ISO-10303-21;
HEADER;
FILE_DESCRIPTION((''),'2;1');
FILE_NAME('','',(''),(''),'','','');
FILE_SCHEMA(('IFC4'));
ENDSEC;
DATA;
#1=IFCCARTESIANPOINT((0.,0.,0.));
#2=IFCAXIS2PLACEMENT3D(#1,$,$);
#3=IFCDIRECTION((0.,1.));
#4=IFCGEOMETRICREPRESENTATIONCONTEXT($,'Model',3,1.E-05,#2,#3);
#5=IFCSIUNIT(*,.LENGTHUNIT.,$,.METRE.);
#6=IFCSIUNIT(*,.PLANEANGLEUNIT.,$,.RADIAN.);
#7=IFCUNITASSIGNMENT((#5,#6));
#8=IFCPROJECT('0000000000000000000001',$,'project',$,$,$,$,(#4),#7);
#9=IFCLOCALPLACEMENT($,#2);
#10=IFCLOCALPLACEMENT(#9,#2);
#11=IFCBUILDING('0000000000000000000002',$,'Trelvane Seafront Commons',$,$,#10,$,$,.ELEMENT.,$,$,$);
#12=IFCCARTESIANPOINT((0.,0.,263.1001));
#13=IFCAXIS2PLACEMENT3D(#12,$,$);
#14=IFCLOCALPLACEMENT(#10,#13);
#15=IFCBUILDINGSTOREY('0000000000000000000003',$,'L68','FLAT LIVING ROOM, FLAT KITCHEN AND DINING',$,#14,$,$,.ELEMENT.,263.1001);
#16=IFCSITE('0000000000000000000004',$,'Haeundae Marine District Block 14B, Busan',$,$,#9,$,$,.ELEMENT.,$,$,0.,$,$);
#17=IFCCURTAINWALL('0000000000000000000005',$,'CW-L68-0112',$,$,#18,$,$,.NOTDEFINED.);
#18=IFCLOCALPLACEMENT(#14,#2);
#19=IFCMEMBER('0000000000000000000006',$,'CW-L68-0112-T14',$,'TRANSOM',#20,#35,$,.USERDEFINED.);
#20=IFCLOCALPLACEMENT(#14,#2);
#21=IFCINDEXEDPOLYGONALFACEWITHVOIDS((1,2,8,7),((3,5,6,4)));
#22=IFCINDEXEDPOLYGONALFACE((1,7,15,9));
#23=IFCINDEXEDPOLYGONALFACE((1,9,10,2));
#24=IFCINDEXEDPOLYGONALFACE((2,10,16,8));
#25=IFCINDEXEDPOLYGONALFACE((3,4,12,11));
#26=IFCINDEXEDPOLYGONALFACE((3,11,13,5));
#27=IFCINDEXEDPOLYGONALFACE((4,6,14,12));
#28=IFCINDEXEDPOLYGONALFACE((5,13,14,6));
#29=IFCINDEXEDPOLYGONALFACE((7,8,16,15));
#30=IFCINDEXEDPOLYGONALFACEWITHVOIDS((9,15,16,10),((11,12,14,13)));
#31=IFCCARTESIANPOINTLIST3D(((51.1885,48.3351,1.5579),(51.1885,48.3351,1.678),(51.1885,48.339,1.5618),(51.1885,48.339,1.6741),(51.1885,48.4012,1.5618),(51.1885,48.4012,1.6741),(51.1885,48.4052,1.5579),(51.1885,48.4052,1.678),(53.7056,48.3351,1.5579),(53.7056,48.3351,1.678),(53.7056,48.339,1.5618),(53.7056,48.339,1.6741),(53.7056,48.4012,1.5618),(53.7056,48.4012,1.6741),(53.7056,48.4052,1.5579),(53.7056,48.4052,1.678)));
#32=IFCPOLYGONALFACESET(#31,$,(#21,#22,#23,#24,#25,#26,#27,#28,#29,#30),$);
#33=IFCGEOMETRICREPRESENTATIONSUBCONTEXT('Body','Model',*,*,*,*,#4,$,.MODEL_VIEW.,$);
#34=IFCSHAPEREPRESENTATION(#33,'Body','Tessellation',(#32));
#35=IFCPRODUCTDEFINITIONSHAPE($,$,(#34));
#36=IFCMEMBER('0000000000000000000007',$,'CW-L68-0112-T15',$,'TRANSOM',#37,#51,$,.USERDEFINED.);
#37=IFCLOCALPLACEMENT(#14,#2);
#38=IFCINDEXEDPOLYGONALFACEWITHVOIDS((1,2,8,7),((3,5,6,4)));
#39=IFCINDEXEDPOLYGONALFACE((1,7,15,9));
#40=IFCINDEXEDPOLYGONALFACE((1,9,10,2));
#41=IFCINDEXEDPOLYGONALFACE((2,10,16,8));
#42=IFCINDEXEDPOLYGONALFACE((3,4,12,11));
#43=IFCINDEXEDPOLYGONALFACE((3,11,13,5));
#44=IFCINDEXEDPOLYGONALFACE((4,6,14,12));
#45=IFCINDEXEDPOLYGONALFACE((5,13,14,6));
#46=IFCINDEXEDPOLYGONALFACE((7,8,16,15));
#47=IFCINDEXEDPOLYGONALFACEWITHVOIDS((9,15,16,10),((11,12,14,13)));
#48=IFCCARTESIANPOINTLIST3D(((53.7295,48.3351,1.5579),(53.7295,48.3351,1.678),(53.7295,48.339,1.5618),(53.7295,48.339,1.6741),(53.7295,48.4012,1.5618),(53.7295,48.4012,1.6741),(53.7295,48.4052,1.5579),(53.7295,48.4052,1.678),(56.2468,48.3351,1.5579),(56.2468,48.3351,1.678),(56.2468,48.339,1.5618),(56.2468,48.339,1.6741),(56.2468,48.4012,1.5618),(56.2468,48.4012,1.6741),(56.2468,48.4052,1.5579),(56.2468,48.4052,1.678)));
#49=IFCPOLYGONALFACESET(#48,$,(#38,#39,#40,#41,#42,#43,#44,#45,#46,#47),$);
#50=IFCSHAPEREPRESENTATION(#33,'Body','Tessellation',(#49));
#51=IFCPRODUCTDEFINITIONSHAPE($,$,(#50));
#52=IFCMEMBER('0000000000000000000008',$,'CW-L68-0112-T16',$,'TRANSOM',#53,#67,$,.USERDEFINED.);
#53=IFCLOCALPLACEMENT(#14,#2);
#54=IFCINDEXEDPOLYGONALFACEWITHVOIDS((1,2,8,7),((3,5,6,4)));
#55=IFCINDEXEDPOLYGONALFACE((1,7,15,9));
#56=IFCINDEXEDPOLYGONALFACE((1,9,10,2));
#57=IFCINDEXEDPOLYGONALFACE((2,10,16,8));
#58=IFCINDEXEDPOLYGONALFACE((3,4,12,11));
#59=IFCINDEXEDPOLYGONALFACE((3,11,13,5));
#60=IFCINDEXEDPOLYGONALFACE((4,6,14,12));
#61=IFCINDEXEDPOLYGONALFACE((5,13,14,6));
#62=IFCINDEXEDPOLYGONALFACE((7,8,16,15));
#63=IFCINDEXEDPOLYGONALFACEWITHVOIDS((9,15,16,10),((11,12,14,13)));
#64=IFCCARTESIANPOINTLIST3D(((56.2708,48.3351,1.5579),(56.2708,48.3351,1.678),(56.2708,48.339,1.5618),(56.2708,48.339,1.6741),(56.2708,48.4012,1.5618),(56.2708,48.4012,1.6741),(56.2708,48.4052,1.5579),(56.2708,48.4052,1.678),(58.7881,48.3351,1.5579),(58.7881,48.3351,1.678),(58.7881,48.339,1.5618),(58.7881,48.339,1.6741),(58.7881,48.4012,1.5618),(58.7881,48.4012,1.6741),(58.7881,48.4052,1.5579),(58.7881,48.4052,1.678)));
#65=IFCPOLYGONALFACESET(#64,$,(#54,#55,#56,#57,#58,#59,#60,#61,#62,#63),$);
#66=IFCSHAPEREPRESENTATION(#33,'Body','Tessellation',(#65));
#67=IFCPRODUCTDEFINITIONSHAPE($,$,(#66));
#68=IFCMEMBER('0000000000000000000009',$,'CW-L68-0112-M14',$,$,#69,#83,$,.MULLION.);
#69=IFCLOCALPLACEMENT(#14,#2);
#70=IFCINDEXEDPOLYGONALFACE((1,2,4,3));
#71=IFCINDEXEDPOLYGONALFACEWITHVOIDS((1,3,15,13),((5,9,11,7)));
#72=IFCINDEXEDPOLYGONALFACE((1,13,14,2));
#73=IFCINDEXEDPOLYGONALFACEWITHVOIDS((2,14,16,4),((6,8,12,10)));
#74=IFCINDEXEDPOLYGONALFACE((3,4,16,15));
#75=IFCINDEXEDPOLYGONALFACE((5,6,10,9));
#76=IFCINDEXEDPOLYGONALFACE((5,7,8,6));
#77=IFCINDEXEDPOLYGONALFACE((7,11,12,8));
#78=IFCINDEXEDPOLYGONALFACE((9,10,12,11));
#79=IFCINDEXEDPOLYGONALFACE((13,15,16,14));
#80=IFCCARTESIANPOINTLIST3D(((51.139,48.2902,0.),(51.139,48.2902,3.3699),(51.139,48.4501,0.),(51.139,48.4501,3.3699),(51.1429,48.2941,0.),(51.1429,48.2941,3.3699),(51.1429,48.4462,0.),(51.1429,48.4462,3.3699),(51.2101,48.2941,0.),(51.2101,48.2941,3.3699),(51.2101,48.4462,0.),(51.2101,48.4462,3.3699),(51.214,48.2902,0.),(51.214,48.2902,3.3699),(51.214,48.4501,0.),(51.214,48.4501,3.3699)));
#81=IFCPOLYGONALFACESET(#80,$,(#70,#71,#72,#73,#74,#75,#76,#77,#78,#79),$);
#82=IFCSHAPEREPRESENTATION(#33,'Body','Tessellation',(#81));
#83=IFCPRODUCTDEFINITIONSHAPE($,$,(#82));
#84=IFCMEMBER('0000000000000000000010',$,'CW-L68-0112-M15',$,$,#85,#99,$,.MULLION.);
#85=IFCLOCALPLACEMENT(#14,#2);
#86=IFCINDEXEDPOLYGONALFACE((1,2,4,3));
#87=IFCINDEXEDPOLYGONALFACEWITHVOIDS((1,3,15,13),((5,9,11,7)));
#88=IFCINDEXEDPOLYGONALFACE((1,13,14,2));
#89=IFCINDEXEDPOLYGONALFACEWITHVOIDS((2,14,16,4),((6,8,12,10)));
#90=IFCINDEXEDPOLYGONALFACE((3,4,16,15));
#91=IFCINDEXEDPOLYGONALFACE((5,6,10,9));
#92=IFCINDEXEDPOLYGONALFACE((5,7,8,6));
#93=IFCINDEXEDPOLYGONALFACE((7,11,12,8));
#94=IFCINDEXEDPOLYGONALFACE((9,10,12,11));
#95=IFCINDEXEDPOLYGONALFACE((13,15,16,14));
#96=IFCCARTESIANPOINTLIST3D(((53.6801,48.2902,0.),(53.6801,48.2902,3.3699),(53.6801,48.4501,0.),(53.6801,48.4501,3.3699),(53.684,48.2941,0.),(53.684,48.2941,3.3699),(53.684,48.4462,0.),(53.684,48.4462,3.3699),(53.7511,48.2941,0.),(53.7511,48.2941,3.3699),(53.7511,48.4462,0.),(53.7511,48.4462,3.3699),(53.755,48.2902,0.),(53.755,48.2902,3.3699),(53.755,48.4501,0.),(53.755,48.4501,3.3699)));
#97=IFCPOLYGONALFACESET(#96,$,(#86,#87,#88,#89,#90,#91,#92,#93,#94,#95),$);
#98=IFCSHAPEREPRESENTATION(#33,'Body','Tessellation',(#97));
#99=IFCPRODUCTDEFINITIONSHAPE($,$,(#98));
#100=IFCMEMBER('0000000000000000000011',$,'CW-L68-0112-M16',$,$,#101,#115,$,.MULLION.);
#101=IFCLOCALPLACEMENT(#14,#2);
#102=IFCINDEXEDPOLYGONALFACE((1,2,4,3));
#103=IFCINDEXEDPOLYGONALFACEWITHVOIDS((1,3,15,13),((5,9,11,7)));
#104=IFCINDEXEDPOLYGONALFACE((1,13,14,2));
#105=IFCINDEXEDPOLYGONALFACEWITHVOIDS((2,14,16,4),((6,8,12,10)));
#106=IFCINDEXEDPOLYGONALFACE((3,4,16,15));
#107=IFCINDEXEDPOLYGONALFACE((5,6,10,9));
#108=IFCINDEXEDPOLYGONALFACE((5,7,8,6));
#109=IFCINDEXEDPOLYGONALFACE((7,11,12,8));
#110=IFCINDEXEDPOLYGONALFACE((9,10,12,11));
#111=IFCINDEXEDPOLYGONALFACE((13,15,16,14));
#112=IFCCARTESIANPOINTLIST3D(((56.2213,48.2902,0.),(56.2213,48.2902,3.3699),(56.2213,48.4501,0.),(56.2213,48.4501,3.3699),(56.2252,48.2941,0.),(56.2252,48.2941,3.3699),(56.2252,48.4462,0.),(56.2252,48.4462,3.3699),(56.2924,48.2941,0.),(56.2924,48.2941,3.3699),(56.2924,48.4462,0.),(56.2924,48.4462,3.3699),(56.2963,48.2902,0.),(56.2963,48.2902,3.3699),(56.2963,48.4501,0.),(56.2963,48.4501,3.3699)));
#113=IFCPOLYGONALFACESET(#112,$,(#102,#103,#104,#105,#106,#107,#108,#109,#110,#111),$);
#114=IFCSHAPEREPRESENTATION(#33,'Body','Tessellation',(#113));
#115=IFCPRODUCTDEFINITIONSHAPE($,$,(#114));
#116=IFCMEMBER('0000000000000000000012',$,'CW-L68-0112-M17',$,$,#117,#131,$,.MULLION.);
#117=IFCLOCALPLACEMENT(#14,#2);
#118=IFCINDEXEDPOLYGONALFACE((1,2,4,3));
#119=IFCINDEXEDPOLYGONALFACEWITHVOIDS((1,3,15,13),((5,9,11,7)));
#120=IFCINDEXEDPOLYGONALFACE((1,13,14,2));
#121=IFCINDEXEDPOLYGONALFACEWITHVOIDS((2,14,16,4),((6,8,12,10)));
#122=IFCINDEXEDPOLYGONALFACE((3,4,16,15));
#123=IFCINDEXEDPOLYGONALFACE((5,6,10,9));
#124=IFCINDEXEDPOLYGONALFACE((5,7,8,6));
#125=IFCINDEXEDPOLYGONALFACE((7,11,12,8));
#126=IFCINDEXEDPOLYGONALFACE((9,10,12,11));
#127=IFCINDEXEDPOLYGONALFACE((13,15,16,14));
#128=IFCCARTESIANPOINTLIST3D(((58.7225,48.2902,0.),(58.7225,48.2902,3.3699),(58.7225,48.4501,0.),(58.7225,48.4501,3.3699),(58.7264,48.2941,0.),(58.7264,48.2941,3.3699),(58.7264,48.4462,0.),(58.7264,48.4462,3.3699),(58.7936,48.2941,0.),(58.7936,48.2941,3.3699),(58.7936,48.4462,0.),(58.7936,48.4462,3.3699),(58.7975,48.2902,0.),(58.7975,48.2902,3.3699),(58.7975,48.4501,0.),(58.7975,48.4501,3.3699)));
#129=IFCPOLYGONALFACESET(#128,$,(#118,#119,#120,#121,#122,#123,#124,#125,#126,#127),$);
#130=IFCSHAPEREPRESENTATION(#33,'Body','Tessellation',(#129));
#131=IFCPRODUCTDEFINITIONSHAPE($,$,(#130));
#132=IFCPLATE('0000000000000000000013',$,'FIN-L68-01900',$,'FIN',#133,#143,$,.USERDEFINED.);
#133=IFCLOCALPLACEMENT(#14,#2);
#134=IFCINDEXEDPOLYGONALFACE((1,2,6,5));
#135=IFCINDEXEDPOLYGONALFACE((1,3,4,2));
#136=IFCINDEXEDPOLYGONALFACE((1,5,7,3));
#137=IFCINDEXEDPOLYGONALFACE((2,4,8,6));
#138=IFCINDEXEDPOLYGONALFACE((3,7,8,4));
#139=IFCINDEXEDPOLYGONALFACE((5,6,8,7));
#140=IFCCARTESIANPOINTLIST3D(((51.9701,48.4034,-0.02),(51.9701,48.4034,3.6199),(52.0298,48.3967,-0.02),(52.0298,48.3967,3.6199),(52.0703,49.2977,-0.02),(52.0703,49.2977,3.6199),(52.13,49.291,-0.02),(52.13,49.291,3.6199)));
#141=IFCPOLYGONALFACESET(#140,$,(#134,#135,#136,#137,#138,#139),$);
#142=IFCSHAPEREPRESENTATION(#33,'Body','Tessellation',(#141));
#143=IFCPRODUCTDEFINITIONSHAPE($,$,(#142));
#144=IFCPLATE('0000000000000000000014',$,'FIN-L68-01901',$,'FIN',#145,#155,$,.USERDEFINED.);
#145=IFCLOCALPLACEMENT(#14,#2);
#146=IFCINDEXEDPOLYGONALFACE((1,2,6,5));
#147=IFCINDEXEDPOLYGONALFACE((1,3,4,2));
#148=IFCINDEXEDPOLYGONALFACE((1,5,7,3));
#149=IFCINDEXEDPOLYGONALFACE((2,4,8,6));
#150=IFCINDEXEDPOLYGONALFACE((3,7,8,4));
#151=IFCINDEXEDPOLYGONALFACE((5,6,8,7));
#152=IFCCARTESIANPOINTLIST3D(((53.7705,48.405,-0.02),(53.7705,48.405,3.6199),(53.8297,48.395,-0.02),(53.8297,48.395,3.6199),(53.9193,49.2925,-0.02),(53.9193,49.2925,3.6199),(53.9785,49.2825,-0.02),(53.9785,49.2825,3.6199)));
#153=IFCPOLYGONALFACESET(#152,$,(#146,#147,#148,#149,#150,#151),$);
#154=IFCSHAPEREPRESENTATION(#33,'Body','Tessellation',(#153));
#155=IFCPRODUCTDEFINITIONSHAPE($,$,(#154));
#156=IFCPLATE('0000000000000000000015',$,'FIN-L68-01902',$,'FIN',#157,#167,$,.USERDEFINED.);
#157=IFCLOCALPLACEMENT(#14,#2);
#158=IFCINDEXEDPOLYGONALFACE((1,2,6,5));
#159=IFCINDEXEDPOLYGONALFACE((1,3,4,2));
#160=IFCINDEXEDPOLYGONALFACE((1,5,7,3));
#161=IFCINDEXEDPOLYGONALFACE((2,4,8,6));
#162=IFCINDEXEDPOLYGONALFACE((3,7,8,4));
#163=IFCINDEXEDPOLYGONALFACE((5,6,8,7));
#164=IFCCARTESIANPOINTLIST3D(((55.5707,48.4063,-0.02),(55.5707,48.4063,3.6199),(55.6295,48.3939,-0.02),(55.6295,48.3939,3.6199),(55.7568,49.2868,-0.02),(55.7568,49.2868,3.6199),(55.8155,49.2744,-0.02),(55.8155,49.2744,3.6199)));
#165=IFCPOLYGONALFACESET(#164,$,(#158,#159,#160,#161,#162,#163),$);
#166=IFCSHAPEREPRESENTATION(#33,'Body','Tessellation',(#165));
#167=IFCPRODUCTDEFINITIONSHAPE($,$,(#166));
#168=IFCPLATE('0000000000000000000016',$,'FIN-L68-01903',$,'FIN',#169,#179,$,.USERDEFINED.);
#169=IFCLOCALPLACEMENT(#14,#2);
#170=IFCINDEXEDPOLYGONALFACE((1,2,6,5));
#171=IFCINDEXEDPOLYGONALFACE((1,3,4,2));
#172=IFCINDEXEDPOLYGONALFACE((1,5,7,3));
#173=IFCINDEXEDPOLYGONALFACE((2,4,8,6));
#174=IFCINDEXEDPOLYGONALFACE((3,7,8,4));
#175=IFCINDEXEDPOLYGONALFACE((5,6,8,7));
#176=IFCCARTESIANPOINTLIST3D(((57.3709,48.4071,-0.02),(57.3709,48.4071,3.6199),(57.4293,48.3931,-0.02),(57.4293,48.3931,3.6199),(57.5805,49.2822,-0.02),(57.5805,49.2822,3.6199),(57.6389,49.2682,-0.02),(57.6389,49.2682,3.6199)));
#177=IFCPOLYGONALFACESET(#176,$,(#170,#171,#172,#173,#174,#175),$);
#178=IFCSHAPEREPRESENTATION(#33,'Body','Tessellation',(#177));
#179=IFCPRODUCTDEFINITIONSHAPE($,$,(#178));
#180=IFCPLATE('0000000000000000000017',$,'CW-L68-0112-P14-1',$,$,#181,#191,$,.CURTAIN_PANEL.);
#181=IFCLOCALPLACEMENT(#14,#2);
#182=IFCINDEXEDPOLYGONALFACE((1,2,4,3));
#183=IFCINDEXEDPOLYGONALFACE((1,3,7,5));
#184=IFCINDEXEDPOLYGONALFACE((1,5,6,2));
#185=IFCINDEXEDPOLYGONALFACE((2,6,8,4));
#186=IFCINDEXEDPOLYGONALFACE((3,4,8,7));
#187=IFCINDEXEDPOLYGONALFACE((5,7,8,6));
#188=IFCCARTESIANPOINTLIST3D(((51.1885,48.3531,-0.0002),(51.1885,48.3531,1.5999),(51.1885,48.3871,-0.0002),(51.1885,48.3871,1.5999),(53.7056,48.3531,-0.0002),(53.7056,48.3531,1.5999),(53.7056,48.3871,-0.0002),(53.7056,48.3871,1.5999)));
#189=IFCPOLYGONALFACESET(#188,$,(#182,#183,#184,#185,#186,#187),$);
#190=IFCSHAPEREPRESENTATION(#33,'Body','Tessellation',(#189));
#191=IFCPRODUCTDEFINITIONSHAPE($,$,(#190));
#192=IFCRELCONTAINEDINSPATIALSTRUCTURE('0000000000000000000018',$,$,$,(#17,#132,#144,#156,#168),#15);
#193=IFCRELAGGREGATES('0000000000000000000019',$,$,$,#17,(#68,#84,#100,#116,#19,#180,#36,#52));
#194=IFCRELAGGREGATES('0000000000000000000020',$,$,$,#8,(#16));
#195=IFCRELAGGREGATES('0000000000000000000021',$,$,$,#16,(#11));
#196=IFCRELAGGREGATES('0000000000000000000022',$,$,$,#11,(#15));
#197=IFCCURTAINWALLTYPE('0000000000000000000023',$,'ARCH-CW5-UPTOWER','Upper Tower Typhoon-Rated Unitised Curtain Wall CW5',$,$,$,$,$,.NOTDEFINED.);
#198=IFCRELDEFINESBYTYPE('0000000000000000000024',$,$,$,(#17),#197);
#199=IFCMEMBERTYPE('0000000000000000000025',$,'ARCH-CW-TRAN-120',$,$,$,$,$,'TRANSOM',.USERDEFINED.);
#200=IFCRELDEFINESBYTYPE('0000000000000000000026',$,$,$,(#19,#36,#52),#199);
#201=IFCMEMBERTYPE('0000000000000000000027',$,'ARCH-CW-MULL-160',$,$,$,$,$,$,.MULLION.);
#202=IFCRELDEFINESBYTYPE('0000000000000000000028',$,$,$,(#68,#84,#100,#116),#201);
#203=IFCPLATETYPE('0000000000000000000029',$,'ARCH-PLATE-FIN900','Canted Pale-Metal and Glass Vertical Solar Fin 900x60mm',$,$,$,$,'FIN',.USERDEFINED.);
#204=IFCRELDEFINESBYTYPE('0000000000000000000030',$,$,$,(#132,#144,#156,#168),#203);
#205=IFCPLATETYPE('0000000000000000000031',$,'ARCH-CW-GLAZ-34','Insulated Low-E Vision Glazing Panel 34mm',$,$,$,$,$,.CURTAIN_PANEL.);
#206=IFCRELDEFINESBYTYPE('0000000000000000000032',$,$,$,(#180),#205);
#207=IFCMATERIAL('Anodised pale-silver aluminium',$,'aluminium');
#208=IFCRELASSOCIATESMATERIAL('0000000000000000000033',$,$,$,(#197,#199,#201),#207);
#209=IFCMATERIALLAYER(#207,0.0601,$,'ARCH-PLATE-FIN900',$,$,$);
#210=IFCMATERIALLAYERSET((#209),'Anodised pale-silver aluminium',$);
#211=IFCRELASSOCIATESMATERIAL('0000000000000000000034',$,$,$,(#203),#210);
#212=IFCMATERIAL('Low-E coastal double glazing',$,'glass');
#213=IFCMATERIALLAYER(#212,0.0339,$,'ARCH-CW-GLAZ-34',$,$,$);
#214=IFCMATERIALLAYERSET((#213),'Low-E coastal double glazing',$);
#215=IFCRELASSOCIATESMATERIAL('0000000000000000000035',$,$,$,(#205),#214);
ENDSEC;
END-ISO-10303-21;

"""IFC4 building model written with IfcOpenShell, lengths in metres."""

from ifc_helpers import new_model, si_unit, direction, frame, origin, origin_2d, place, context, subcontext, project, spatial, rectangle, hollow_rectangle, extrude, source, transform, mapped, material, layer, layer_set, material_profile, profile_set, type_object, element, aggregate, save


model = new_model("IFC4")

# Units and contexts
model_context = context("Model", 3, precision=1e-05, world=origin(), true_north=direction((0.0, 1.0)))
body_context = subcontext(model_context, "Body", "Model", "MODEL_VIEW")
ifc_project = project(units=[si_unit("LENGTHUNIT", "METRE"), si_unit("PLANEANGLEUNIT", "RADIAN")], contexts=[model_context])

# Site, building, storey
site_placement = place(None, origin())
site = spatial("IfcSite", under=ifc_project, at=site_placement, Name="Haeundae Marine District Block 14B, Busan", CompositionType="ELEMENT", RefElevation=0.0)
building_placement = place(site_placement, origin())
building = spatial("IfcBuilding", under=site, at=building_placement, Name="Trelvane Seafront Commons", CompositionType="ELEMENT")
storey_placement = place(building_placement, frame((0.0, 0.0, 263.1001)))
storey = spatial("IfcBuildingStorey", under=building, at=storey_placement, Name="L68", Description="FLAT LIVING ROOM, FLAT KITCHEN AND DINING", CompositionType="ELEMENT", Elevation=263.1001)

# Curtain wall, members
ifc_material_1 = material(Name="Anodised pale-silver aluminium", Category="aluminium")
curtain_wall_type = type_object("IfcCurtainWallType", Name="ARCH-CW5-UPTOWER", Description="Upper Tower Typhoon-Rated Unitised Curtain Wall CW5", PredefinedType="NOTDEFINED", material=ifc_material_1)
curtain_wall_placement = place(storey_placement, origin())
curtain_wall = element("IfcCurtainWall", 1, at=curtain_wall_placement, inside=storey, type_object=curtain_wall_type, Name="CW-L68-0112", PredefinedType="NOTDEFINED")
ifc_material_profile_1 = material_profile(ifc_material_1, hollow_rectangle(XDim=0.0701, YDim=0.1201, WallThickness=0.0039, at=origin_2d()), Name="TRAN-70x120x4")
ifc_profile_set_1 = profile_set([ifc_material_profile_1], Name="Anodised pale-silver aluminium")
member_type_1 = type_object("IfcMemberType", Name="ARCH-CW-TRAN-120", ElementType="TRANSOM", PredefinedType="USERDEFINED", material=ifc_profile_set_1)
shared_shape_1 = source(origin(), body_context, "Body", "SweptSolid", [
    extrude(hollow_rectangle(XDim=0.0701, YDim=0.1201, WallThickness=0.0039, at=origin_2d()), origin(), (0.0, 0.0, 1.0), 2.5171),
])
member_1_placement = place(storey_placement, frame((51.1885, 48.3701, 1.6179), z_axis=(1.0, 0.0, 0.0), x_axis=(0.0, 1.0, 0.0)))
member_1 = element("IfcMember", 2, at=member_1_placement, type_object=member_type_1, Name="CW-L68-0112-T14", ObjectType="TRANSOM", PredefinedType="USERDEFINED", context=body_context, shape_type="MappedRepresentation", body=[
    mapped(shared_shape_1, transform((0.0, 0.0, 0.0), x_axis=(1.0, 0.0, 0.0), y_axis=(0.0, 1.0, 0.0), z_axis=(0.0, 0.0, 1.0), scale=1.0)),
])
shared_shape_2 = source(origin(), body_context, "Body", "SweptSolid", [
    extrude(hollow_rectangle(XDim=0.0701, YDim=0.1201, WallThickness=0.0039, at=origin_2d()), origin(), (0.0, 0.0, 1.0), 2.5173),
])
member_2_placement = place(storey_placement, frame((53.7295, 48.3701, 1.6179), z_axis=(1.0, 0.0, 0.0), x_axis=(0.0, 1.0, 0.0)))
member_2 = element("IfcMember", 3, at=member_2_placement, type_object=member_type_1, Name="CW-L68-0112-T15", ObjectType="TRANSOM", PredefinedType="USERDEFINED", context=body_context, shape_type="MappedRepresentation", body=[
    mapped(shared_shape_2, transform((0.0, 0.0, 0.0), x_axis=(1.0, 0.0, 0.0), y_axis=(0.0, 1.0, 0.0), z_axis=(0.0, 0.0, 1.0), scale=1.0)),
])
member_3_placement = place(storey_placement, frame((56.2708, 48.3701, 1.6179), z_axis=(1.0, 0.0, 0.0), x_axis=(0.0, 1.0, 0.0)))
member_3 = element("IfcMember", 4, at=member_3_placement, type_object=member_type_1, Name="CW-L68-0112-T16", ObjectType="TRANSOM", PredefinedType="USERDEFINED", context=body_context, shape_type="MappedRepresentation", body=[
    mapped(shared_shape_2, transform((0.0, 0.0, 0.0), x_axis=(1.0, 0.0, 0.0), y_axis=(0.0, 1.0, 0.0), z_axis=(0.0, 0.0, 1.0), scale=1.0)),
])
ifc_material_profile_2 = material_profile(ifc_material_1, hollow_rectangle(XDim=0.075, YDim=0.1599, WallThickness=0.0039, at=origin_2d()), Name="MULL-75x160x4")
ifc_profile_set_2 = profile_set([ifc_material_profile_2], Name="Anodised pale-silver aluminium")
member_type_2 = type_object("IfcMemberType", Name="ARCH-CW-MULL-160", PredefinedType="MULLION", material=ifc_profile_set_2)
shared_shape_3 = source(origin(), body_context, "Body", "SweptSolid", [
    extrude(hollow_rectangle(XDim=0.075, YDim=0.1599, WallThickness=0.0039, at=origin_2d()), origin(), (0.0, 0.0, 1.0), 3.3699),
])
member_4_placement = place(storey_placement, frame((51.1765, 48.3701, 0.0), z_axis=(0.0, 0.0, 1.0), x_axis=(1.0, 0.0, 0.0)))
member_4 = element("IfcMember", 5, at=member_4_placement, type_object=member_type_2, Name="CW-L68-0112-M14", PredefinedType="MULLION", context=body_context, shape_type="MappedRepresentation", body=[
    mapped(shared_shape_3, transform((0.0, 0.0, 0.0), x_axis=(1.0, 0.0, 0.0), y_axis=(0.0, 1.0, 0.0), z_axis=(0.0, 0.0, 1.0), scale=1.0)),
])
member_5_placement = place(storey_placement, frame((53.7175, 48.3701, 0.0), z_axis=(0.0, 0.0, 1.0), x_axis=(1.0, 0.0, 0.0)))
member_5 = element("IfcMember", 6, at=member_5_placement, type_object=member_type_2, Name="CW-L68-0112-M15", PredefinedType="MULLION", context=body_context, shape_type="MappedRepresentation", body=[
    mapped(shared_shape_3, transform((0.0, 0.0, 0.0), x_axis=(1.0, 0.0, 0.0), y_axis=(0.0, 1.0, 0.0), z_axis=(0.0, 0.0, 1.0), scale=1.0)),
])
member_6_placement = place(storey_placement, frame((56.2588, 48.3701, 0.0), z_axis=(0.0, 0.0, 1.0), x_axis=(1.0, 0.0, 0.0)))
member_6 = element("IfcMember", 7, at=member_6_placement, type_object=member_type_2, Name="CW-L68-0112-M16", PredefinedType="MULLION", context=body_context, shape_type="MappedRepresentation", body=[
    mapped(shared_shape_3, transform((0.0, 0.0, 0.0), x_axis=(1.0, 0.0, 0.0), y_axis=(0.0, 1.0, 0.0), z_axis=(0.0, 0.0, 1.0), scale=1.0)),
])
member_7_placement = place(storey_placement, frame((58.76, 48.3701, 0.0), z_axis=(0.0, 0.0, 1.0), x_axis=(1.0, 0.0, 0.0)))
member_7 = element("IfcMember", 8, at=member_7_placement, type_object=member_type_2, Name="CW-L68-0112-M17", PredefinedType="MULLION", context=body_context, shape_type="MappedRepresentation", body=[
    mapped(shared_shape_3, transform((0.0, 0.0, 0.0), x_axis=(1.0, 0.0, 0.0), y_axis=(0.0, 1.0, 0.0), z_axis=(0.0, 0.0, 1.0), scale=1.0)),
])

# Plates
ifc_layer_1 = layer(ifc_material_1, 0.0601, Name="ARCH-PLATE-FIN900")
ifc_layer_set_1 = layer_set([ifc_layer_1], Name="Anodised pale-silver aluminium")
plate_type_1 = type_object("IfcPlateType", Name="ARCH-PLATE-FIN900", Description="Canted Pale-Metal and Glass Vertical Solar Fin 900x60mm", ElementType="FIN", PredefinedType="USERDEFINED", material=ifc_layer_set_1)
shared_shape_4 = source(origin(), body_context, "Body", "SweptSolid", [
    extrude(rectangle(XDim=0.8999, YDim=0.0601, at=origin_2d()), origin(), (0.0, 0.0, 1.0), 3.6399),
])
for number, where, z_axis, x_axis, name in (
    (9, (52.05, 48.8472, -0.02), (0.0, 0.0, 1.0), (0.111334, 0.993783, 0.0), "FIN-L68-01900"),
    (10, (53.8745, 48.8438, -0.02), (0.0, 0.0, 1.0), (0.165335, 0.986237, 0.0), "FIN-L68-01901"),
    (11, (55.6931, 48.8403, -0.02), (0.0, 0.0, 1.0), (0.206766, 0.97839, 0.0), "FIN-L68-01902"),
    (12, (57.5049, 48.8376, -0.02), (0.0, 0.0, 1.0), (0.232877, 0.972506, 0.0), "FIN-L68-01903"),
):
    element("IfcPlate", number, at=place(storey_placement, frame(where, z_axis=z_axis, x_axis=x_axis)), inside=storey, type_object=plate_type_1, Name=name, ObjectType="FIN", PredefinedType="USERDEFINED", context=body_context, shape_type="MappedRepresentation", body=[
        mapped(shared_shape_4, transform((0.0, 0.0, 0.0), x_axis=(1.0, 0.0, 0.0), y_axis=(0.0, 1.0, 0.0), z_axis=(0.0, 0.0, 1.0), scale=1.0)),
    ])

# Plate
ifc_material_2 = material(Name="Low-E coastal double glazing", Category="glass")
ifc_layer_2 = layer(ifc_material_2, 0.0339, Name="ARCH-CW-GLAZ-34")
ifc_layer_set_2 = layer_set([ifc_layer_2], Name="Low-E coastal double glazing")
plate_type_2 = type_object("IfcPlateType", Name="ARCH-CW-GLAZ-34", Description="Insulated Low-E Vision Glazing Panel 34mm", PredefinedType="CURTAIN_PANEL", material=ifc_layer_set_2)
shared_shape_5 = source(origin(), body_context, "Body", "SweptSolid", [
    extrude(rectangle(XDim=2.5171, YDim=0.0339, at=origin_2d()), origin(), (0.0, 0.0, 1.0), 1.6001),
])
plate_1_placement = place(storey_placement, frame((52.447, 48.3701, -0.0002), z_axis=(0.0, 0.0, 1.0), x_axis=(1.0, 0.0, 0.0)))
plate_1 = element("IfcPlate", 13, at=plate_1_placement, type_object=plate_type_2, Name="CW-L68-0112-P14-1", PredefinedType="CURTAIN_PANEL", context=body_context, shape_type="MappedRepresentation", body=[
    mapped(shared_shape_5, transform((0.0, 0.0, 0.0), x_axis=(1.0, 0.0, 0.0), y_axis=(0.0, 1.0, 0.0), z_axis=(0.0, 0.0, 1.0), scale=1.0)),
])
aggregate(curtain_wall, [member_4, member_5, member_6, member_7, member_1, plate_1, member_2, member_3])

save(model, "model.ifc")
